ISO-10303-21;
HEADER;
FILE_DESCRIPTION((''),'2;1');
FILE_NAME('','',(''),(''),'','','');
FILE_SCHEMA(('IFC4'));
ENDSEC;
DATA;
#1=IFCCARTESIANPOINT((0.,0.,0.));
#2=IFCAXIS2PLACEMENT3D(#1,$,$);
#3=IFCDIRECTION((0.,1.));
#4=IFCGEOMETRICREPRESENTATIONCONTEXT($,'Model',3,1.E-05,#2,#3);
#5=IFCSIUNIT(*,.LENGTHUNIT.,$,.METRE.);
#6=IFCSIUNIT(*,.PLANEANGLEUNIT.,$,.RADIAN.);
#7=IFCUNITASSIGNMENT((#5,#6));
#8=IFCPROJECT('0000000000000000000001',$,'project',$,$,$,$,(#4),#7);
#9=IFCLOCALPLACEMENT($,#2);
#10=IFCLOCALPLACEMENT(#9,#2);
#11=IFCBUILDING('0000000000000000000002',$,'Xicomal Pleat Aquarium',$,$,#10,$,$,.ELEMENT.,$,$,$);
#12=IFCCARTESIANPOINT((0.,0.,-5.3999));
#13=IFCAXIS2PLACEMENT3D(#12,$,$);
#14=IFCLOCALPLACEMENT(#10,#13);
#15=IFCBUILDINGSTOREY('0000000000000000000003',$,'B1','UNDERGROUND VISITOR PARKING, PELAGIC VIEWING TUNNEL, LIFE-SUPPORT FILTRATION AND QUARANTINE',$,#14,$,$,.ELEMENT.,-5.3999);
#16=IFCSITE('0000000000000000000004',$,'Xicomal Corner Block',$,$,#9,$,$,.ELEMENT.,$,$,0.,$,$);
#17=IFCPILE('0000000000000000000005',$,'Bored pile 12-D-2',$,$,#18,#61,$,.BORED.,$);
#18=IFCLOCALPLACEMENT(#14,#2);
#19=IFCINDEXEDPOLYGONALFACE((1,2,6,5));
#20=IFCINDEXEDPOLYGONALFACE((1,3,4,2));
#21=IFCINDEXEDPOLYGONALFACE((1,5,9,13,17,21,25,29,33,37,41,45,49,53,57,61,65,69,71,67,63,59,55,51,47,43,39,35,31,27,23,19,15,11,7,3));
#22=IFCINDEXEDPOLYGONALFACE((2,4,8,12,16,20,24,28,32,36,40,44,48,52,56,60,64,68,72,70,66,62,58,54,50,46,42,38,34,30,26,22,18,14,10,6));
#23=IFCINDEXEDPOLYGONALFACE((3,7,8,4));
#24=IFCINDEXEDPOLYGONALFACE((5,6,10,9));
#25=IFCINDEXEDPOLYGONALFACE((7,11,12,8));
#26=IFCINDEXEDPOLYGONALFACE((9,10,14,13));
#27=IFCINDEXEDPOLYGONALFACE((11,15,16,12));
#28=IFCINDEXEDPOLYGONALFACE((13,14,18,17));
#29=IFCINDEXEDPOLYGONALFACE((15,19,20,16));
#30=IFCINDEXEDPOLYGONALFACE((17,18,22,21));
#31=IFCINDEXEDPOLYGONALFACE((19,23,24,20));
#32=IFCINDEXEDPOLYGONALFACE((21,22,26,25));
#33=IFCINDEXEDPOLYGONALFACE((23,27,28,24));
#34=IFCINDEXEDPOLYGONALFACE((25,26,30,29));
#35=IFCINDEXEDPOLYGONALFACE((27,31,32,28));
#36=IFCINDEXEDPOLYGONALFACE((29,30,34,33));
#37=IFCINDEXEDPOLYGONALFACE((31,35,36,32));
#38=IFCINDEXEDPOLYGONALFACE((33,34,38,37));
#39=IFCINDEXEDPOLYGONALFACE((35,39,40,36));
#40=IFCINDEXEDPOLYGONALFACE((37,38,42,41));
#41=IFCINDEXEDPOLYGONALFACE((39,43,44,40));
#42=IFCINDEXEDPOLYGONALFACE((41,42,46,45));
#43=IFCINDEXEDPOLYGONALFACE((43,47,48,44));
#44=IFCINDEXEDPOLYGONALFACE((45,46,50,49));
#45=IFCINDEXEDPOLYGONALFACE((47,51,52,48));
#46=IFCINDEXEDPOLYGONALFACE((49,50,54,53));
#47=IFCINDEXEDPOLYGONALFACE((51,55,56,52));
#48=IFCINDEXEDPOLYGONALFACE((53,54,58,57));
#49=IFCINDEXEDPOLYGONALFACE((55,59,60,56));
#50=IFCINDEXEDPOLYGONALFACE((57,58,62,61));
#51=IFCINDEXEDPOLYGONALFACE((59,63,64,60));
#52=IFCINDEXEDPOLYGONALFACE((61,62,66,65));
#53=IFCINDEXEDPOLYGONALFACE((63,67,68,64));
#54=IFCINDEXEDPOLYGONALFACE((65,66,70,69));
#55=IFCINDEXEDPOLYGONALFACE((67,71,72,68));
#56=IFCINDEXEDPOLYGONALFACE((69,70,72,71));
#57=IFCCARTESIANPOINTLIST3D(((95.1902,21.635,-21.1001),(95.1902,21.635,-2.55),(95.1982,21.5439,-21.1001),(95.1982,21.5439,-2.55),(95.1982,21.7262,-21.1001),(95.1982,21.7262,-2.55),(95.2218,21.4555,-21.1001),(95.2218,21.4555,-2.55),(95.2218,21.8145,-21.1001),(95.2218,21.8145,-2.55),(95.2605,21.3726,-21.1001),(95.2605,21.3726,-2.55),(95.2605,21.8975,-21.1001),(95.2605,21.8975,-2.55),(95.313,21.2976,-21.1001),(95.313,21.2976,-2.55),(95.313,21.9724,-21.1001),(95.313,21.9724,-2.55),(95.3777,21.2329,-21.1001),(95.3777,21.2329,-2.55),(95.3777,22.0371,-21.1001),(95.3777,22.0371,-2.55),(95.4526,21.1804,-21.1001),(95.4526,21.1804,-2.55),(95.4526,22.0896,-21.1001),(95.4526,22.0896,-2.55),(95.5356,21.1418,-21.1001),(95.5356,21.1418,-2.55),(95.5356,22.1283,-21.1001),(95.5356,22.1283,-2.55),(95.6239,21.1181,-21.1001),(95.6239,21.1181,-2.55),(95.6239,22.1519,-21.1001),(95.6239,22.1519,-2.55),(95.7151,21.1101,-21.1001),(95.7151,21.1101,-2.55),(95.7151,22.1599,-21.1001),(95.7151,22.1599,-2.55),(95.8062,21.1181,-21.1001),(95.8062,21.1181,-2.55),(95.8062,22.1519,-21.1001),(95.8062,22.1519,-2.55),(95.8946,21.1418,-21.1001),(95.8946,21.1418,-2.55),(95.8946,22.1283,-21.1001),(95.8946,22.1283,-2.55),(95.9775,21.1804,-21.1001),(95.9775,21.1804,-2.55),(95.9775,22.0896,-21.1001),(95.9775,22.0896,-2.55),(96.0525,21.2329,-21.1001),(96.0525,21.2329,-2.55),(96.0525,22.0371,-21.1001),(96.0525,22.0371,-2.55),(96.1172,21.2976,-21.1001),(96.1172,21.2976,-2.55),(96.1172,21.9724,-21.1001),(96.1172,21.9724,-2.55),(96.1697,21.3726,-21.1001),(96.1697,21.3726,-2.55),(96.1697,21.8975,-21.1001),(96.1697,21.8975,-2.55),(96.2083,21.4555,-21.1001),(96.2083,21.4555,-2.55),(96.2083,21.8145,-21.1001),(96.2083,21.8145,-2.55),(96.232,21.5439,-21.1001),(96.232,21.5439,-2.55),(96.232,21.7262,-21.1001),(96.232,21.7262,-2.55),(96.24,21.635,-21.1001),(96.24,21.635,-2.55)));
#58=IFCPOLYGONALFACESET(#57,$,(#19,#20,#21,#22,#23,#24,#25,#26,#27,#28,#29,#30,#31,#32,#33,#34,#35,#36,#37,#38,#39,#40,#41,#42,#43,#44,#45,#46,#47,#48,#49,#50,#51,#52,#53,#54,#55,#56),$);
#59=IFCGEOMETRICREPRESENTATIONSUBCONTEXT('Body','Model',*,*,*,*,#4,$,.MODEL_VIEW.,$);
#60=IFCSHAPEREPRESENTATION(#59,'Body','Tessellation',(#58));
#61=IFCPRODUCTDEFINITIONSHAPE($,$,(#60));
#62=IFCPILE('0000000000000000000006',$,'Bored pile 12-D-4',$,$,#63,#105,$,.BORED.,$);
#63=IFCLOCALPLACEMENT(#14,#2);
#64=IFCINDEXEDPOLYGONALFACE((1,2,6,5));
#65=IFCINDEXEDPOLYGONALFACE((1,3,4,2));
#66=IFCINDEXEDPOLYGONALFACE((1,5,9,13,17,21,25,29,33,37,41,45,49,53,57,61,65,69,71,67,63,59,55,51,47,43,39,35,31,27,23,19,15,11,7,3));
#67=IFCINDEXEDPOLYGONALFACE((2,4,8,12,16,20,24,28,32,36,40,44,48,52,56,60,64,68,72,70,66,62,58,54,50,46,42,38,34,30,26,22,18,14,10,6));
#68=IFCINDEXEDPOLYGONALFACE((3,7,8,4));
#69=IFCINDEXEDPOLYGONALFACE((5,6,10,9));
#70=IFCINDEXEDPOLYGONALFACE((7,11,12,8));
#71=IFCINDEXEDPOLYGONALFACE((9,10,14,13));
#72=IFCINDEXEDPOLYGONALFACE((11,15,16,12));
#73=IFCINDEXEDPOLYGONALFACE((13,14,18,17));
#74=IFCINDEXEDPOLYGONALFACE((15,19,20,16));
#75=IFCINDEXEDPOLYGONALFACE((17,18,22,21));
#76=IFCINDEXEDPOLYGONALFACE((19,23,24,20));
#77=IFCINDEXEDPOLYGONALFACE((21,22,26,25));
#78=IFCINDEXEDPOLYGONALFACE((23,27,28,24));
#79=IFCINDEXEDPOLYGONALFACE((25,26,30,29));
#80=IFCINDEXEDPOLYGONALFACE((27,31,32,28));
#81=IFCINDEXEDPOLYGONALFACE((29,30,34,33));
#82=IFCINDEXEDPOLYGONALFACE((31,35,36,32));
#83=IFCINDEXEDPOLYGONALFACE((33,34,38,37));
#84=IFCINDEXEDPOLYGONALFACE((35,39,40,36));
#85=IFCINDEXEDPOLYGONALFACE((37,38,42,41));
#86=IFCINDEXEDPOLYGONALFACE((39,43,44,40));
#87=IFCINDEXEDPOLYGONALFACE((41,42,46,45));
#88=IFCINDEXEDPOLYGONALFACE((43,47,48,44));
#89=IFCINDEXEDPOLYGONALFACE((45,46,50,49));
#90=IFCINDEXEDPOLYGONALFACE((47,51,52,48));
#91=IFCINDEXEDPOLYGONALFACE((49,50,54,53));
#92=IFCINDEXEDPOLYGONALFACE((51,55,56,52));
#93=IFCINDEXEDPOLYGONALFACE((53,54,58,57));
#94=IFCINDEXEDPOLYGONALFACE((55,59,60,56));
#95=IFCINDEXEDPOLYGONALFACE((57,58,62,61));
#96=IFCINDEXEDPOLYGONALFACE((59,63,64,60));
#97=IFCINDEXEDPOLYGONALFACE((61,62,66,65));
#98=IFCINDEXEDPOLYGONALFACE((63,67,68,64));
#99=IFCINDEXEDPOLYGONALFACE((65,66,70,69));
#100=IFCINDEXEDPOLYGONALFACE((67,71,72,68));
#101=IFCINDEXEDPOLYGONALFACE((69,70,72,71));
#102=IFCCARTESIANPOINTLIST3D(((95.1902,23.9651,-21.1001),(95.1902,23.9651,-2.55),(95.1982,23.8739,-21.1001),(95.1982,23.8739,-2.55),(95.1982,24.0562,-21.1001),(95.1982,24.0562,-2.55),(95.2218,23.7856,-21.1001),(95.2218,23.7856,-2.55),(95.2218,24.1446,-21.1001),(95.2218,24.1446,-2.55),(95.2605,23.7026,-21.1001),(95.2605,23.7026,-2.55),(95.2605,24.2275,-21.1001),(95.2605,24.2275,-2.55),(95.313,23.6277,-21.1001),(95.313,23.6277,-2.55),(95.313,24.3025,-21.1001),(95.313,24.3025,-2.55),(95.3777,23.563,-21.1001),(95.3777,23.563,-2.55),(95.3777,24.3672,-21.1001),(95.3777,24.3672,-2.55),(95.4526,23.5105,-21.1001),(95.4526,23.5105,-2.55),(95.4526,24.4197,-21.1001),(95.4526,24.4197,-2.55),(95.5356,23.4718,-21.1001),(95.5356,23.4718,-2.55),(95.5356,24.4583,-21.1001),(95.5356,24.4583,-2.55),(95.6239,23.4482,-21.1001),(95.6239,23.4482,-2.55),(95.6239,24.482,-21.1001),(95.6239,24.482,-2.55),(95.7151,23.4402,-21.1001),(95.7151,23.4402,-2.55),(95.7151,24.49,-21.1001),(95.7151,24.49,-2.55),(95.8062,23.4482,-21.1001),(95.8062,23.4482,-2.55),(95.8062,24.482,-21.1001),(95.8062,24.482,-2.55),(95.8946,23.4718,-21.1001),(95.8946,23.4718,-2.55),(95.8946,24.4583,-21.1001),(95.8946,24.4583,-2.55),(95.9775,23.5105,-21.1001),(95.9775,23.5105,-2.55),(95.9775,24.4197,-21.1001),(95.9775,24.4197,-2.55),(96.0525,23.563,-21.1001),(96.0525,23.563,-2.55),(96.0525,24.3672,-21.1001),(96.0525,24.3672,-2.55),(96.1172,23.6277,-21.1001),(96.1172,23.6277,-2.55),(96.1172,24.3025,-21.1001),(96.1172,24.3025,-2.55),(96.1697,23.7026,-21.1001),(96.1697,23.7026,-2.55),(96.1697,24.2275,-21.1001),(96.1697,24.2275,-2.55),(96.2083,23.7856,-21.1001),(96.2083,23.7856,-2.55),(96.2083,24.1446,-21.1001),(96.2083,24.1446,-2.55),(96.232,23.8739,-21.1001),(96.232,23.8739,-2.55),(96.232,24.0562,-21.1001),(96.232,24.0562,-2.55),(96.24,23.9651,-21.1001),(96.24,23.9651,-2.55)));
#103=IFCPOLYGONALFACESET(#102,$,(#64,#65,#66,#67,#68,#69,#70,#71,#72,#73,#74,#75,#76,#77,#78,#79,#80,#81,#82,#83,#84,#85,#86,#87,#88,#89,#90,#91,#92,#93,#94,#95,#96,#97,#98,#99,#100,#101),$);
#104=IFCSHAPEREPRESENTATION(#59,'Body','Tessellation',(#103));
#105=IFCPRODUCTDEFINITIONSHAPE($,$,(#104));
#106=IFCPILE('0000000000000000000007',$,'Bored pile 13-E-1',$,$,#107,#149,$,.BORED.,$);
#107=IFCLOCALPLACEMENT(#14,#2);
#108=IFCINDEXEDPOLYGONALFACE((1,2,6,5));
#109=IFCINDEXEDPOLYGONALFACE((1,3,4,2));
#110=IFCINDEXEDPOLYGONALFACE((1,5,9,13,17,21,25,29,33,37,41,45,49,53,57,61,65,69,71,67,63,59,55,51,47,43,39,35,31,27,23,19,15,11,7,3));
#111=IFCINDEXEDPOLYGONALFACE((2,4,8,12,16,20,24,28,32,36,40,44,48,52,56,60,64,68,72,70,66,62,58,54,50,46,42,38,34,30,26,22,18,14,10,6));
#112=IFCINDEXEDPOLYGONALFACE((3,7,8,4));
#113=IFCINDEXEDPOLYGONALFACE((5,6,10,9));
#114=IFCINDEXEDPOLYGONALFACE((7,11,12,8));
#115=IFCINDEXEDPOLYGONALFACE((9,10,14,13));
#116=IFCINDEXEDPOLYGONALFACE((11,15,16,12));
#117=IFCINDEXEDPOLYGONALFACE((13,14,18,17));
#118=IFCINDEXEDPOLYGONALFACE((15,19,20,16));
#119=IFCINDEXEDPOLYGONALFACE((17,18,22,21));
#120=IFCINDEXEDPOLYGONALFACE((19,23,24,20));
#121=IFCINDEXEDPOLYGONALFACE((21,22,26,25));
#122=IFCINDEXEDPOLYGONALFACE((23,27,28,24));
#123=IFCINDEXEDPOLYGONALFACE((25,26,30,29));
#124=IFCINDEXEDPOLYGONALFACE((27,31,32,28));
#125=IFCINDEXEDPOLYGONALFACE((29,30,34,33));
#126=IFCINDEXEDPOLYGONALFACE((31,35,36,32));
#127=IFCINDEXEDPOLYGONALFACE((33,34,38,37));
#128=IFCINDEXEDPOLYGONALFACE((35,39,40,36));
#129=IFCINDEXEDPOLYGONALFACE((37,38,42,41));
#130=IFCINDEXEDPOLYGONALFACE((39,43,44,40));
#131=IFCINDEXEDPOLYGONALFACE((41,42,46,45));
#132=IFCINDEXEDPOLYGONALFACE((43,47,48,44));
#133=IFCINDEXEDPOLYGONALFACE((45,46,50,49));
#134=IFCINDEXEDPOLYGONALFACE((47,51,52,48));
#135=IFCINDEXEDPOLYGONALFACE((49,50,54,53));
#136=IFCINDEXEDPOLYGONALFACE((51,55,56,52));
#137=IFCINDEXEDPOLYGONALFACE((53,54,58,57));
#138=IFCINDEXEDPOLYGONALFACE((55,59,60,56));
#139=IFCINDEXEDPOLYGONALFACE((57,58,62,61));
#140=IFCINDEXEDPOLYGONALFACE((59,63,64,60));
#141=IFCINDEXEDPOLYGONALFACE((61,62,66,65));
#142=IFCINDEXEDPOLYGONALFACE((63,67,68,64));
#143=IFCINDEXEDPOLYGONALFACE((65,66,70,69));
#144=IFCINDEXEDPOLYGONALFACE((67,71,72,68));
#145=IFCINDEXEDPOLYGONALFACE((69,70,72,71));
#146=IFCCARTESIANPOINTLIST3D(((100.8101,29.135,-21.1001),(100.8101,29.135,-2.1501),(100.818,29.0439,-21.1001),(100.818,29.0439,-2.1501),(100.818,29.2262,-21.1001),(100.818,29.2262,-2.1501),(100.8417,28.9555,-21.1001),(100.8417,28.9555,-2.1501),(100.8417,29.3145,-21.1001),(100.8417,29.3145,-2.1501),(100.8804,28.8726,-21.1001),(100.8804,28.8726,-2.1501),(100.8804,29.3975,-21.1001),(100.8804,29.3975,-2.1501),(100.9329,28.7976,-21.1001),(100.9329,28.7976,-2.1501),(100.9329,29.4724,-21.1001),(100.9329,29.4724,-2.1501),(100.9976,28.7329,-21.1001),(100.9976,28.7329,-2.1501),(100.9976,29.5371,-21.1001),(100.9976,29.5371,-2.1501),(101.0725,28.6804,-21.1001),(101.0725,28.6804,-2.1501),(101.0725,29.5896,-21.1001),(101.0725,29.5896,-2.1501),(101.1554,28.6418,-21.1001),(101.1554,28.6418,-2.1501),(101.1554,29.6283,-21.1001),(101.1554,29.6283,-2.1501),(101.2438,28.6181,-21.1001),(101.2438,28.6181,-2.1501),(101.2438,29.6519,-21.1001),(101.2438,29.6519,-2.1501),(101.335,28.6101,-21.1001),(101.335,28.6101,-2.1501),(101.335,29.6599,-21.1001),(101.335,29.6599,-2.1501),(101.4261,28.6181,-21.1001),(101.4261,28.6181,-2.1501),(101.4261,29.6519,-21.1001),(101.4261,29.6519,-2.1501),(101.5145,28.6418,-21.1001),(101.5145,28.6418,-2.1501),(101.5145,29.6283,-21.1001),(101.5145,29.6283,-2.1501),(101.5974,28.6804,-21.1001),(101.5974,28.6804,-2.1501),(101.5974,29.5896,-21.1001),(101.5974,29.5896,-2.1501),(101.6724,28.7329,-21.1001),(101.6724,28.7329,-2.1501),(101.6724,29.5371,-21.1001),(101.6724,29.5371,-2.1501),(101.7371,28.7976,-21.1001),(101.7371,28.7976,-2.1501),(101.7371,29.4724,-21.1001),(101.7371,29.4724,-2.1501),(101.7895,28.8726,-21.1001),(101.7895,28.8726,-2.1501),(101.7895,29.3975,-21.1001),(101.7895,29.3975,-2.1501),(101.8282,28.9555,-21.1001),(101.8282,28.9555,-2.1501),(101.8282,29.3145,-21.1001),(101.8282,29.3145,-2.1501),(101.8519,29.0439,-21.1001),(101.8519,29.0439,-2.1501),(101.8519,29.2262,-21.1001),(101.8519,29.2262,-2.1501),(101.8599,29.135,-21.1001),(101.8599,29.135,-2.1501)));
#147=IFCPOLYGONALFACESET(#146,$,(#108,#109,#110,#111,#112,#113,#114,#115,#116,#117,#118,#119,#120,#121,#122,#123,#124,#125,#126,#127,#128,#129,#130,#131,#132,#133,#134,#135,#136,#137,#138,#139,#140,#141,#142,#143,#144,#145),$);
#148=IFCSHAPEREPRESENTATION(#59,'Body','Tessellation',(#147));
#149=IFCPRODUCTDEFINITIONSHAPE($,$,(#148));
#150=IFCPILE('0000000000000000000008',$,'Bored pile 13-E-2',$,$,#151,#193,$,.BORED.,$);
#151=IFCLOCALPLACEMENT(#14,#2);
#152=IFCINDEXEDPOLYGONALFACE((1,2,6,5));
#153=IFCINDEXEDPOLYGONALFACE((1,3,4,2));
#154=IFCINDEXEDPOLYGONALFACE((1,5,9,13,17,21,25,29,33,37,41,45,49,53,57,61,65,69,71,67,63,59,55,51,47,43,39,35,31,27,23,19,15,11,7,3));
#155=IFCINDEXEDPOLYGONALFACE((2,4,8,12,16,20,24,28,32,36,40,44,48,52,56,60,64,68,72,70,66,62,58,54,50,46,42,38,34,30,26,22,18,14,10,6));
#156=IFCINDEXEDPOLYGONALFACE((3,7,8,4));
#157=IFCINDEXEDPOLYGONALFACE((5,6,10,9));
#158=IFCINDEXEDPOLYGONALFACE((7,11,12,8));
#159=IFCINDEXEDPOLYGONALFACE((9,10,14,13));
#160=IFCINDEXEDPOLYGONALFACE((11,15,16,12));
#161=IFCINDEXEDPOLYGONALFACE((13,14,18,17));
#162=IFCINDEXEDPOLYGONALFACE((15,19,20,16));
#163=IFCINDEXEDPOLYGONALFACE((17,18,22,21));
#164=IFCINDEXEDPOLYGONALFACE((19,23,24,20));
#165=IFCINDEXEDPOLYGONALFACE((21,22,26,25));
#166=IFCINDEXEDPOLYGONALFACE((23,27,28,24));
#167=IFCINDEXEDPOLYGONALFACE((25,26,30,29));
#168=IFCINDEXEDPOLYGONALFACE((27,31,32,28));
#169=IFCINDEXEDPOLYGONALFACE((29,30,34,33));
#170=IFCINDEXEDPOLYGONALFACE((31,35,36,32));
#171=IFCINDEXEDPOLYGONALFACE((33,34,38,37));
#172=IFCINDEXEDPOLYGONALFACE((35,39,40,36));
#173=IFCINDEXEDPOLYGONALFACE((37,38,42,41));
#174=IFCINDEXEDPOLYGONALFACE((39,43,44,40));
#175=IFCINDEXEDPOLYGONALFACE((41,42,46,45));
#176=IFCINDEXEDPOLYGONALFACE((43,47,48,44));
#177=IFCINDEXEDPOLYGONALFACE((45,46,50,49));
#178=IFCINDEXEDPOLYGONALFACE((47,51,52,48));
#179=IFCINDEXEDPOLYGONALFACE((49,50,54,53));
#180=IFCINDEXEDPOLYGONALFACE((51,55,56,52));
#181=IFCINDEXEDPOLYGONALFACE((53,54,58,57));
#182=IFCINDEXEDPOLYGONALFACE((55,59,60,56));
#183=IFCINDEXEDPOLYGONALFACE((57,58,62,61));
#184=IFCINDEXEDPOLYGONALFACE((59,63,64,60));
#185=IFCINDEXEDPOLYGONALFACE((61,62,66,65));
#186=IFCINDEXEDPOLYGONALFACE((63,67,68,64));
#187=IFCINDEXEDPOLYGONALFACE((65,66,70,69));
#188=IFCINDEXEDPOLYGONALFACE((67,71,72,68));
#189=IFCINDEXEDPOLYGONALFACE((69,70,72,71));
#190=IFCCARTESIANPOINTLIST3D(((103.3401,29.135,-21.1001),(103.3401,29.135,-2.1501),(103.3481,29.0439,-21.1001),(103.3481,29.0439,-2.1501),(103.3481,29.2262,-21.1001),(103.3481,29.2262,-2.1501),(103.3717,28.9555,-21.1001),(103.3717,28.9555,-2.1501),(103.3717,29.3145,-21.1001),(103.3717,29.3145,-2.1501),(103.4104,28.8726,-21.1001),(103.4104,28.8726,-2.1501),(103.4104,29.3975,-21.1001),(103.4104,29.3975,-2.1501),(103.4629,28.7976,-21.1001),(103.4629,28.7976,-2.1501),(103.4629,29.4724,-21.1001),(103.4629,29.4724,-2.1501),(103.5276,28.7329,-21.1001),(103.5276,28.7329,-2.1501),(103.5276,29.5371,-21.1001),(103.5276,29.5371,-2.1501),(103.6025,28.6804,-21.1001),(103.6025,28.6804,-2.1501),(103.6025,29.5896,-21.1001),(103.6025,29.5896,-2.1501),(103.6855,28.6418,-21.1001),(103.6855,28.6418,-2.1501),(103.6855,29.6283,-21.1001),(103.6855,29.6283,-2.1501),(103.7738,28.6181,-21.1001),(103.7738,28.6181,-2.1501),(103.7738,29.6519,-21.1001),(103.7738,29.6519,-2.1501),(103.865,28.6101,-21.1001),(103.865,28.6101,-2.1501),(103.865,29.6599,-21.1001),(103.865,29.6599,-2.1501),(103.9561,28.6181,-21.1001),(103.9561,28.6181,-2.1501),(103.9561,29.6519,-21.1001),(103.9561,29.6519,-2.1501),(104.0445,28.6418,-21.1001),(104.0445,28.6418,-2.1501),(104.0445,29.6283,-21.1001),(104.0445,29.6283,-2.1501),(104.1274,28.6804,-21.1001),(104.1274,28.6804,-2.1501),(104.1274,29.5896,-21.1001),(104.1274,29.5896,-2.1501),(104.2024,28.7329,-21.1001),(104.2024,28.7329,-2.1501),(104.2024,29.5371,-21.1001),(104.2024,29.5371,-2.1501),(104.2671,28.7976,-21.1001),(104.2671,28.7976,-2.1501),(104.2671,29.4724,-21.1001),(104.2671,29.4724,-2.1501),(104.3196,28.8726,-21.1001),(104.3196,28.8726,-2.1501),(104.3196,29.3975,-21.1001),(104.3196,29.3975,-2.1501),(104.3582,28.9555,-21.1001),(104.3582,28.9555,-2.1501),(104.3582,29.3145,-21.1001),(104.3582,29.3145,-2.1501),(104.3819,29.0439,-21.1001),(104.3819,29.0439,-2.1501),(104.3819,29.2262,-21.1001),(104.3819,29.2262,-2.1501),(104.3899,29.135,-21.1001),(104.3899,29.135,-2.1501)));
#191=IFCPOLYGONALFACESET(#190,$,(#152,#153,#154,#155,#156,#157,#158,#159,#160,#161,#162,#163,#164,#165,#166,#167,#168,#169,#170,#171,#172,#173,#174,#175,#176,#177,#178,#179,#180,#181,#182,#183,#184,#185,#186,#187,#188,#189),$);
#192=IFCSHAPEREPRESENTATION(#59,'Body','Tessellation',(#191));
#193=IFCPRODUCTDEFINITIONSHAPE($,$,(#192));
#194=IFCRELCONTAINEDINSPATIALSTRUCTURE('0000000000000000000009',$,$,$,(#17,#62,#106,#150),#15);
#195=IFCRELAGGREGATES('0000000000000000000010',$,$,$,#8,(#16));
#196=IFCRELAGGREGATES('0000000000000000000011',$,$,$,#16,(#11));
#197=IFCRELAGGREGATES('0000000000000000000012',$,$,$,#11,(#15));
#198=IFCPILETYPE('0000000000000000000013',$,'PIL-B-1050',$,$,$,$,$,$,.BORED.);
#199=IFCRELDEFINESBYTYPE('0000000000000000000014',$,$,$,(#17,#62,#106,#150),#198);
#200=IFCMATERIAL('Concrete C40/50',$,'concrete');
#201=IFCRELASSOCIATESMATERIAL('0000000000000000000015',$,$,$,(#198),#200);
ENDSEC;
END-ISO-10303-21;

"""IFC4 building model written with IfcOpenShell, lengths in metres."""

from ifc_helpers import new_model, si_unit, direction, frame, origin, origin_2d, place, context, subcontext, project, spatial, circle, extrude, material, material_profile, profile_set, type_object, element, save


model = new_model("IFC4")

# Units and contexts
model_context = context("Model", 3, precision=1e-05, world=origin(), true_north=direction((0.0, 1.0)))
body_context = subcontext(model_context, "Body", "Model", "MODEL_VIEW")
ifc_project = project(units=[si_unit("LENGTHUNIT", "METRE"), si_unit("PLANEANGLEUNIT", "RADIAN")], contexts=[model_context])

# Site, building, storey
site_placement = place(None, origin())
site = spatial("IfcSite", under=ifc_project, at=site_placement, Name="Xicomal Corner Block", CompositionType="ELEMENT", RefElevation=0.0)
building_placement = place(site_placement, origin())
building = spatial("IfcBuilding", under=site, at=building_placement, Name="Xicomal Pleat Aquarium", CompositionType="ELEMENT")
storey_placement = place(building_placement, frame((0.0, 0.0, -5.3999)))
storey = spatial("IfcBuildingStorey", under=building, at=storey_placement, Name="B1", Description="UNDERGROUND VISITOR PARKING, PELAGIC VIEWING TUNNEL, LIFE-SUPPORT FILTRATION AND QUARANTINE", CompositionType="ELEMENT", Elevation=-5.3999)

# Piles
ifc_material_1 = material(Name="Concrete C40/50", Category="concrete")
ifc_material_profile_1 = material_profile(ifc_material_1, circle(Radius=0.5249, at=origin_2d()), Name="BORED PILE D1050")
ifc_profile_set_1 = profile_set([ifc_material_profile_1], Name="Concrete C40/50")
pile_type_1 = type_object("IfcPileType", Name="PIL-B-1050", PredefinedType="BORED", material=ifc_profile_set_1)
for number, where, z_axis, x_axis, name in (
    (1, (95.7151, 21.635, -2.55), (0.0, 0.0, -1.0), (1.0, 0.0, 0.0), "Bored pile 12-D-2"),
    (2, (95.7151, 23.9651, -2.55), (0.0, 0.0, -1.0), (1.0, 0.0, 0.0), "Bored pile 12-D-4"),
):
    element("IfcPile", number, at=place(storey_placement, frame(where, z_axis=z_axis, x_axis=x_axis)), inside=storey, type_object=pile_type_1, Name=name, PredefinedType="BORED", context=body_context, shape_type="SweptSolid", body=[
        extrude(circle(Radius=0.5249, at=origin_2d()), origin(), (0.0, 0.0, 1.0), 18.55),
    ])
for number, where, z_axis, x_axis, name in (
    (3, (101.335, 29.135, -2.1501), (0.0, 0.0, -1.0), (1.0, 0.0, 0.0), "Bored pile 13-E-1"),
    (4, (103.865, 29.135, -2.1501), (0.0, 0.0, -1.0), (1.0, 0.0, 0.0), "Bored pile 13-E-2"),
):
    element("IfcPile", number, at=place(storey_placement, frame(where, z_axis=z_axis, x_axis=x_axis)), inside=storey, type_object=pile_type_1, Name=name, PredefinedType="BORED", context=body_context, shape_type="SweptSolid", body=[
        extrude(circle(Radius=0.5249, at=origin_2d()), origin(), (0.0, 0.0, 1.0), 18.95),
    ])

save(model, "model.ifc")
